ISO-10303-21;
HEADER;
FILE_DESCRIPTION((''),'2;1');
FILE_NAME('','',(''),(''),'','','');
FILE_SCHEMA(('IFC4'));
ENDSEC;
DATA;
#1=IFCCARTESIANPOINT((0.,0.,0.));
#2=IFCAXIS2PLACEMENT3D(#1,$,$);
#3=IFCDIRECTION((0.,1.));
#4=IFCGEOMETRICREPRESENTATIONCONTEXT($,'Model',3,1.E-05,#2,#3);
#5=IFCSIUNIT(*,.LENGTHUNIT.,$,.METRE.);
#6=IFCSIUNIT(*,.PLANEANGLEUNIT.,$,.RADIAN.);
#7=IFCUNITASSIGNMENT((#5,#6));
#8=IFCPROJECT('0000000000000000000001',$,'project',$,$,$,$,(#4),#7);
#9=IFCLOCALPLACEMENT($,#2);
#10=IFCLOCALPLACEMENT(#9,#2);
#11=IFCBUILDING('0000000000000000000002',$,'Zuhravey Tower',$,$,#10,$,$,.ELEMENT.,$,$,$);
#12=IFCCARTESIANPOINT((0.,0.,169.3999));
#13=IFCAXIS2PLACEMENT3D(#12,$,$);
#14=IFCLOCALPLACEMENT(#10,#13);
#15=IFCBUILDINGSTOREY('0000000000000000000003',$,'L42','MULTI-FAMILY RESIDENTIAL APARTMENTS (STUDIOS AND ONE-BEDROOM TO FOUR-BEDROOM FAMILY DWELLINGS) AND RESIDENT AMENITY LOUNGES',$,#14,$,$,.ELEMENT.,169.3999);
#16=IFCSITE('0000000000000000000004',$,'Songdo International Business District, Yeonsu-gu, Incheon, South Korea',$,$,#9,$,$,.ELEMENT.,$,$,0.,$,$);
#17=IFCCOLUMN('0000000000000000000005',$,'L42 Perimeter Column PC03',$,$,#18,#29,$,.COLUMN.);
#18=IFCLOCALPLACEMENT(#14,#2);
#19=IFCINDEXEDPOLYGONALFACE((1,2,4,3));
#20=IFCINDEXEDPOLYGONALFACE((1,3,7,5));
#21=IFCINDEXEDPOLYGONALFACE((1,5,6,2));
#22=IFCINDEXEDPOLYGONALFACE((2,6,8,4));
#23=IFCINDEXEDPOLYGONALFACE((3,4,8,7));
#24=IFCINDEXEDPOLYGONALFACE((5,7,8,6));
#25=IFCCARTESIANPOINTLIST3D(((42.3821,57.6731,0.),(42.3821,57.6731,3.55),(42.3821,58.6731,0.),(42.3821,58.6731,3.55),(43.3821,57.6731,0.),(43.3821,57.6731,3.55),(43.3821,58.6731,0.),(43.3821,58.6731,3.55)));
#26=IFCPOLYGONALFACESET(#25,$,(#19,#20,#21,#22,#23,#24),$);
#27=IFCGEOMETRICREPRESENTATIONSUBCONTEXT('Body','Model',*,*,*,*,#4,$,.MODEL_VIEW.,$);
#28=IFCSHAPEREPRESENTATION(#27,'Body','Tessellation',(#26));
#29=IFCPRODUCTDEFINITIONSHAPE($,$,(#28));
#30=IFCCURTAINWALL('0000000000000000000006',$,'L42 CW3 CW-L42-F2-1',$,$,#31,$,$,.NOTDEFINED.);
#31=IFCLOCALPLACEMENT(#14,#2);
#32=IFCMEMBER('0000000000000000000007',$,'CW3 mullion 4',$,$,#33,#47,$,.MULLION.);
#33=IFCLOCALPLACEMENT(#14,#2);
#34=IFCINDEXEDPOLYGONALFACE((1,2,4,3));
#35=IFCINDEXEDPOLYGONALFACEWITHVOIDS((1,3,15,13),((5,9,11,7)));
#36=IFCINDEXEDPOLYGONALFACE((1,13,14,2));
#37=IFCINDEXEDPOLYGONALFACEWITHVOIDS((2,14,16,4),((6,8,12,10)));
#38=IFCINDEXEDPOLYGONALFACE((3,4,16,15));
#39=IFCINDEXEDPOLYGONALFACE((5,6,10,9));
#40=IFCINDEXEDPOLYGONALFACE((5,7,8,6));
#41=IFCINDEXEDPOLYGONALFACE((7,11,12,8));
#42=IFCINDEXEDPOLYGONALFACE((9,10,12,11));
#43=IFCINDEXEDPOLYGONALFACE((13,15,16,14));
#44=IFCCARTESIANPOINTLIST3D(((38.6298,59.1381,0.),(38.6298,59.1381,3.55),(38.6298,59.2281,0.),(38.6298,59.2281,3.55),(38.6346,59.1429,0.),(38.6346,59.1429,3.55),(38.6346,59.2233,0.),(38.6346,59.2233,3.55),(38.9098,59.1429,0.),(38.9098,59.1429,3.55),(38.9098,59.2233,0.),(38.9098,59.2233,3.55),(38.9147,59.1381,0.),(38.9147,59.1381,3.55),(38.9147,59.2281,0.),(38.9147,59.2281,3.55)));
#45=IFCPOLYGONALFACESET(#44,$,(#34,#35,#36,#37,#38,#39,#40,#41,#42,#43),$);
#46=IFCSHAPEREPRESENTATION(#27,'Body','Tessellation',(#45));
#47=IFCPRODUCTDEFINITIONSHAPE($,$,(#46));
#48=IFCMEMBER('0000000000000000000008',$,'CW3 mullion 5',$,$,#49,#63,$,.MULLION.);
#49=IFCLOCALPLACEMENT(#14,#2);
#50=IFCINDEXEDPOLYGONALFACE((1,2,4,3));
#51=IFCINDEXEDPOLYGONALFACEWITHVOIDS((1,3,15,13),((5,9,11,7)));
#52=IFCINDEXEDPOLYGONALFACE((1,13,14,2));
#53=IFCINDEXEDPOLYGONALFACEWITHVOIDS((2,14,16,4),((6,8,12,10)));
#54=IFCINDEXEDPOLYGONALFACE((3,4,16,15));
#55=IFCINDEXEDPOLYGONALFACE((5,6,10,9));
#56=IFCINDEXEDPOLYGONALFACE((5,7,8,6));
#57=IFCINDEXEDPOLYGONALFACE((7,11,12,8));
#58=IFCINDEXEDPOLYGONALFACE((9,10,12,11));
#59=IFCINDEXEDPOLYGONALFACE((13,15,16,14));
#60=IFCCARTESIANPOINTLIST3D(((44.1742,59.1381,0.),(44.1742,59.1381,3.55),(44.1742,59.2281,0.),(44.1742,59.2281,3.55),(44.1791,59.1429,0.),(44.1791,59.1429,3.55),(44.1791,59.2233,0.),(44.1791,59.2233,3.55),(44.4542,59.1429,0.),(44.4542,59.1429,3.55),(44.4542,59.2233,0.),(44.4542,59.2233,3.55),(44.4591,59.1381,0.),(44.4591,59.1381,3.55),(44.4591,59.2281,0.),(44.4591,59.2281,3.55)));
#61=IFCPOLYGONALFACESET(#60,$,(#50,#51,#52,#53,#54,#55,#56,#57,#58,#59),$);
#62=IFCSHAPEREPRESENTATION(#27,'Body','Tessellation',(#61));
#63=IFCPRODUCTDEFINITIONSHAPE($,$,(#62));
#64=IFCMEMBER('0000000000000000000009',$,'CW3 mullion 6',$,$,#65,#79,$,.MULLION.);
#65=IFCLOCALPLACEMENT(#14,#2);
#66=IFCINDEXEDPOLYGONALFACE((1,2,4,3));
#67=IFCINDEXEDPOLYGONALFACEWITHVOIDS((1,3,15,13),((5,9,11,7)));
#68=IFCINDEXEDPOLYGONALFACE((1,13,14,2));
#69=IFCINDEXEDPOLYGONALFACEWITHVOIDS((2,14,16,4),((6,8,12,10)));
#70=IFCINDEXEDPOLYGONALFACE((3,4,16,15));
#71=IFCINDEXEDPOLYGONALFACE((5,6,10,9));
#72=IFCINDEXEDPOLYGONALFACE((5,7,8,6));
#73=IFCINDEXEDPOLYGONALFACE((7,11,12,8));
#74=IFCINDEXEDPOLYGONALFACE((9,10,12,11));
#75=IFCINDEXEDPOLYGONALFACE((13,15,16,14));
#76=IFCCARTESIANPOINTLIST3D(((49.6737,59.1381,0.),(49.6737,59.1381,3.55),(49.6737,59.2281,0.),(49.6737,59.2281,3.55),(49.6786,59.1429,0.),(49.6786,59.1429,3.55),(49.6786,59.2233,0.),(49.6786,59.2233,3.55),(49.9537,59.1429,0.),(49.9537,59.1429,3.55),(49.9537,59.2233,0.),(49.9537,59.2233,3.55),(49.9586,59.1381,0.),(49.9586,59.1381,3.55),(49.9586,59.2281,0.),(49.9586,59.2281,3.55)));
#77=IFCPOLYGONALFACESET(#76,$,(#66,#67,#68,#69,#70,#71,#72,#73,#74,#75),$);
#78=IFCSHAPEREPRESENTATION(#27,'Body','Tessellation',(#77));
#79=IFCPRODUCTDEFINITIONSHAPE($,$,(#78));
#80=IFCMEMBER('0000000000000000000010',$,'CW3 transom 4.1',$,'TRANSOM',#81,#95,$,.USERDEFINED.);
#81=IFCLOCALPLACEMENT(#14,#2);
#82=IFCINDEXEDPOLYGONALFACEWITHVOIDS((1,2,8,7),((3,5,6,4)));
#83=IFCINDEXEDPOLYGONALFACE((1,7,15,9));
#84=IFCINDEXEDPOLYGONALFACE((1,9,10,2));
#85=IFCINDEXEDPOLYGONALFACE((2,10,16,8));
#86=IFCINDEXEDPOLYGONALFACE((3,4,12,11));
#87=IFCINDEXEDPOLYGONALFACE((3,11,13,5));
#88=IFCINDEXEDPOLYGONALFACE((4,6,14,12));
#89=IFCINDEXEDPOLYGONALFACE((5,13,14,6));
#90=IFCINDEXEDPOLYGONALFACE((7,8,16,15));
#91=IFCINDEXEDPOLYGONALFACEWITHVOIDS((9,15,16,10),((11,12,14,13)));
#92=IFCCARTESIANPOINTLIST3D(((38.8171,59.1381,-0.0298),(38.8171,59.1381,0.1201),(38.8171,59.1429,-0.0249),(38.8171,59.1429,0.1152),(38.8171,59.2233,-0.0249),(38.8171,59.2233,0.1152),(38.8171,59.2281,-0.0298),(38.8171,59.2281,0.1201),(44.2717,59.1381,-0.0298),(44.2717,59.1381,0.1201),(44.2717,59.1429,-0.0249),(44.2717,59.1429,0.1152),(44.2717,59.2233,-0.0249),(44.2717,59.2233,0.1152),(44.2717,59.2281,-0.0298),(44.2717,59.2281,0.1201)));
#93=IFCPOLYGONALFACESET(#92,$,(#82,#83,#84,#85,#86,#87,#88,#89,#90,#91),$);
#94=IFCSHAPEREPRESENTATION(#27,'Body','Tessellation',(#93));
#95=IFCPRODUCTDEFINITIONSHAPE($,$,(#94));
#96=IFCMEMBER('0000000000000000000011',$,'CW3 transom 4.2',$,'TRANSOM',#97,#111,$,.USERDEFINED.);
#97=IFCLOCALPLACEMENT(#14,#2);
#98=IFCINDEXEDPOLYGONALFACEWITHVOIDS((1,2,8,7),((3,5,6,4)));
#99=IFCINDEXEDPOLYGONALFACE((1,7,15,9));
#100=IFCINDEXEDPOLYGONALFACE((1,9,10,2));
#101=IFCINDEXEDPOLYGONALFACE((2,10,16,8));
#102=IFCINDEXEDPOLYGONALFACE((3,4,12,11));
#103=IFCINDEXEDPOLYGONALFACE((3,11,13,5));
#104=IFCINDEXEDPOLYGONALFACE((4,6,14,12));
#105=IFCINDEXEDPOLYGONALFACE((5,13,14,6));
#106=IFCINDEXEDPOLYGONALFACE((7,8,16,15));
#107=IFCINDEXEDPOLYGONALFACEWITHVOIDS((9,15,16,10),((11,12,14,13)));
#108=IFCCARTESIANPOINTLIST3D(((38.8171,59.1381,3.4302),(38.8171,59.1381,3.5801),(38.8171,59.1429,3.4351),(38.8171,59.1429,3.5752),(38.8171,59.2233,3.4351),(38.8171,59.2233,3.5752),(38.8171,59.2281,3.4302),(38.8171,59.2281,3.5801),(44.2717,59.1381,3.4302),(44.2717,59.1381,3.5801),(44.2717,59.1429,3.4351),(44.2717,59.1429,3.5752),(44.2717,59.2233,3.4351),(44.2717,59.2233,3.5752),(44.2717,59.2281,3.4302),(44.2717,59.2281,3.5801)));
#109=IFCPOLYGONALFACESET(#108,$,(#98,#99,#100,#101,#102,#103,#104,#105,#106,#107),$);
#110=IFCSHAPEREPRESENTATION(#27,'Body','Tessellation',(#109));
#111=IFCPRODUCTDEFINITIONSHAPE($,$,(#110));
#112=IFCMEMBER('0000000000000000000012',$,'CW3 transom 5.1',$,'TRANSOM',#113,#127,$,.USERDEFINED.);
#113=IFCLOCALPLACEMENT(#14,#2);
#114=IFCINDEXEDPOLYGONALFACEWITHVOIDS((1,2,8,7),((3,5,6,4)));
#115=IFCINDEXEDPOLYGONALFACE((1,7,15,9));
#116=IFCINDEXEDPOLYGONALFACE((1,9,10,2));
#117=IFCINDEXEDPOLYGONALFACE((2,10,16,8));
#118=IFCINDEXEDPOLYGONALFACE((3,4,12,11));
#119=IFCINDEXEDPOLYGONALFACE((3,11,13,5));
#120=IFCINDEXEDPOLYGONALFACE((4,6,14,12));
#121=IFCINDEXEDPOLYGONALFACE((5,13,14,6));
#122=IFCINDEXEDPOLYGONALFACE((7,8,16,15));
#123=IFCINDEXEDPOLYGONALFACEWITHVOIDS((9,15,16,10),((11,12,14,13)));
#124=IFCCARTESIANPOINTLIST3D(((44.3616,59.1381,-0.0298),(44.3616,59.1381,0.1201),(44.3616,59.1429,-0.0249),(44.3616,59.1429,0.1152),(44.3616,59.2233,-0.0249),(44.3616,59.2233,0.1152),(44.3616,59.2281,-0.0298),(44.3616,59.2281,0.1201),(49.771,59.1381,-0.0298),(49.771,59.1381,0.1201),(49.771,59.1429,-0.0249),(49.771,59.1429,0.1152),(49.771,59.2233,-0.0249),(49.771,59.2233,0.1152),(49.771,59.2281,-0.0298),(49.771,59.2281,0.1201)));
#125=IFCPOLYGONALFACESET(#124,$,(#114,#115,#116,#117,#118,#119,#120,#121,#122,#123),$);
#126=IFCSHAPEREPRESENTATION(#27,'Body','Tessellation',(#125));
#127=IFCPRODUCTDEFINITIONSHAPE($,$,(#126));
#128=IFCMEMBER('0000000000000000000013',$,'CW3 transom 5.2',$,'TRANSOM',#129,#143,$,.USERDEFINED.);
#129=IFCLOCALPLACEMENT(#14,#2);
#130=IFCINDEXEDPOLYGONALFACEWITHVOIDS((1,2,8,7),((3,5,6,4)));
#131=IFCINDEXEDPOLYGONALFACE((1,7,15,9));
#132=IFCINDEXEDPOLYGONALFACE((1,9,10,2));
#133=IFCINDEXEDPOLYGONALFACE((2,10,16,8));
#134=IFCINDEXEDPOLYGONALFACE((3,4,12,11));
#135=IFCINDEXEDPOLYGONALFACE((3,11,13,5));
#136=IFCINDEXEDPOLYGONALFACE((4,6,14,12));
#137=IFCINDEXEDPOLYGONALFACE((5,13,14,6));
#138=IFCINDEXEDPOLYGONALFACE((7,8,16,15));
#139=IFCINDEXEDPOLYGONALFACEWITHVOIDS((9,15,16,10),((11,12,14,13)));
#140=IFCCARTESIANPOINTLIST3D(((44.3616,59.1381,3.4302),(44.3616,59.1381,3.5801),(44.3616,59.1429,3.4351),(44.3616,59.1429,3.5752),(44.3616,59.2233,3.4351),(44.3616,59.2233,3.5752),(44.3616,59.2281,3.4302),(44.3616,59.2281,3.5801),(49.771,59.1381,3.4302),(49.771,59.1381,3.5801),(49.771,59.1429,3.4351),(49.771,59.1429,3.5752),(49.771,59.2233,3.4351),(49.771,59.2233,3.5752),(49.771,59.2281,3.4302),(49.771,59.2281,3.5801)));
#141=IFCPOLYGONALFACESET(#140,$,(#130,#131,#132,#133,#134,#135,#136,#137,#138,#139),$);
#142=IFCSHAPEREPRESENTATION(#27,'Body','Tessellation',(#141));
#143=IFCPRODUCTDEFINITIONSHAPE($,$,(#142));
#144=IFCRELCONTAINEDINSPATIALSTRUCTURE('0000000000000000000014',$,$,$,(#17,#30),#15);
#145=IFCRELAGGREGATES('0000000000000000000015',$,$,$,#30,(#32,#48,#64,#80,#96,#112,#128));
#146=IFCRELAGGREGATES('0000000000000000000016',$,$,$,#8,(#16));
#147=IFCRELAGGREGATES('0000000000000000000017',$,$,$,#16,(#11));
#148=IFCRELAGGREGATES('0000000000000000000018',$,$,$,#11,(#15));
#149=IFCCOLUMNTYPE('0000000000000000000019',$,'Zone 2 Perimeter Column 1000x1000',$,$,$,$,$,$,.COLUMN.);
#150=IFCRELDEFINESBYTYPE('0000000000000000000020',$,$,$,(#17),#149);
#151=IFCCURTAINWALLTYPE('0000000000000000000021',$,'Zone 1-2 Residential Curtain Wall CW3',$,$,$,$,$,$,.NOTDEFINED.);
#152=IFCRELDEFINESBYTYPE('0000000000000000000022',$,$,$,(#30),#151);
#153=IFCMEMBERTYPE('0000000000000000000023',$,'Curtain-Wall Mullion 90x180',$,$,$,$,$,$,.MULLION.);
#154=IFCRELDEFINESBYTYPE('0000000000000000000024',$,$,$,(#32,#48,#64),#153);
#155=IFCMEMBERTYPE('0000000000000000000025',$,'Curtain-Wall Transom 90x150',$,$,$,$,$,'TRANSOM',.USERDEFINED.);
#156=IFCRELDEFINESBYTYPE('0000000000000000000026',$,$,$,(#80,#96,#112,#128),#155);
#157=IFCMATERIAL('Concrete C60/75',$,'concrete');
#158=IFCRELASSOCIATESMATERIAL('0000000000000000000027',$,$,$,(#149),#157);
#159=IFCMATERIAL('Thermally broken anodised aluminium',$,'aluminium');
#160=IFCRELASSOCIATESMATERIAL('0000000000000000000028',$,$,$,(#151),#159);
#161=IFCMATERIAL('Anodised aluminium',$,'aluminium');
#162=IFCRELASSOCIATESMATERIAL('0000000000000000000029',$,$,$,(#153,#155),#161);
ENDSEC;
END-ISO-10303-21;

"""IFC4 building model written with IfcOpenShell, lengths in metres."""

from ifc_helpers import new_model, si_unit, direction, frame, origin, origin_2d, place, context, subcontext, project, spatial, rectangle, hollow_rectangle, extrude, material, material_profile, profile_set, type_object, element, aggregate, save


model = new_model("IFC4")

# Units and contexts
model_context = context("Model", 3, precision=1e-05, world=origin(), true_north=direction((0.0, 1.0)))
body_context = subcontext(model_context, "Body", "Model", "MODEL_VIEW")
ifc_project = project(units=[si_unit("LENGTHUNIT", "METRE"), si_unit("PLANEANGLEUNIT", "RADIAN")], contexts=[model_context])

# Site, building, storey
site_placement = place(None, origin())
site = spatial("IfcSite", under=ifc_project, at=site_placement, Name="Songdo International Business District, Yeonsu-gu, Incheon, South Korea", CompositionType="ELEMENT", RefElevation=0.0)
building_placement = place(site_placement, origin())
building = spatial("IfcBuilding", under=site, at=building_placement, Name="Zuhravey Tower", CompositionType="ELEMENT")
storey_placement = place(building_placement, frame((0.0, 0.0, 169.3999)))
storey = spatial("IfcBuildingStorey", under=building, at=storey_placement, Name="L42", Description="MULTI-FAMILY RESIDENTIAL APARTMENTS (STUDIOS AND ONE-BEDROOM TO FOUR-BEDROOM FAMILY DWELLINGS) AND RESIDENT AMENITY LOUNGES", CompositionType="ELEMENT", Elevation=169.3999)

# Column
ifc_material_1 = material(Name="Concrete C60/75", Category="concrete")
ifc_material_profile_1 = material_profile(ifc_material_1, rectangle(XDim=1.0, YDim=1.0, at=origin_2d()), Name="RC-1000x1000")
ifc_profile_set_1 = profile_set([ifc_material_profile_1], Name="Concrete C60/75")
column_type = type_object("IfcColumnType", Name="Zone 2 Perimeter Column 1000x1000", PredefinedType="COLUMN", material=ifc_profile_set_1)
column_placement = place(storey_placement, frame((42.8821, 58.1731, 0.0), z_axis=(0.0, 0.0, 1.0), x_axis=(-1.0, 0.0, 0.0)))
element("IfcColumn", 1, at=column_placement, inside=storey, type_object=column_type, Name="L42 Perimeter Column PC03", PredefinedType="COLUMN", context=body_context, shape_type="SweptSolid", body=[
    extrude(rectangle(XDim=1.0, YDim=1.0, at=origin_2d()), origin(), (0.0, 0.0, 1.0), 3.55),
])

# Curtain wall, members
ifc_material_2 = material(Name="Thermally broken anodised aluminium", Category="aluminium")
curtain_wall_type = type_object("IfcCurtainWallType", Name="Zone 1-2 Residential Curtain Wall CW3", PredefinedType="NOTDEFINED", material=ifc_material_2)
curtain_wall_placement = place(storey_placement, origin())
curtain_wall = element("IfcCurtainWall", 2, at=curtain_wall_placement, inside=storey, type_object=curtain_wall_type, Name="L42 CW3 CW-L42-F2-1", PredefinedType="NOTDEFINED")
ifc_material_3 = material(Name="Anodised aluminium", Category="aluminium")
ifc_material_profile_2 = material_profile(ifc_material_3, hollow_rectangle(XDim=0.0901, YDim=0.2849, WallThickness=0.0049, at=origin_2d()), Name="ALU-RHS-90x285x5")
ifc_profile_set_2 = profile_set([ifc_material_profile_2], Name="Anodised aluminium")
member_type_1 = type_object("IfcMemberType", Name="Curtain-Wall Mullion 90x180", PredefinedType="MULLION", material=ifc_profile_set_2)
member_1_placement = place(storey_placement, frame((38.7722, 59.1831, 0.0), z_axis=(0.0, 0.0, 1.0), x_axis=(0.0, 1.0, 0.0)))
member_1 = element("IfcMember", 3, at=member_1_placement, type_object=member_type_1, Name="CW3 mullion 4", PredefinedType="MULLION", context=body_context, shape_type="SweptSolid", body=[
    extrude(hollow_rectangle(XDim=0.0901, YDim=0.2849, WallThickness=0.0049, at=origin_2d()), origin(), (0.0, 0.0, 1.0), 3.55),
])
member_2_placement = place(storey_placement, frame((44.3167, 59.1831, 0.0), z_axis=(0.0, 0.0, 1.0), x_axis=(0.0, 1.0, 0.0)))
member_2 = element("IfcMember", 4, at=member_2_placement, type_object=member_type_1, Name="CW3 mullion 5", PredefinedType="MULLION", context=body_context, shape_type="SweptSolid", body=[
    extrude(hollow_rectangle(XDim=0.0901, YDim=0.2849, WallThickness=0.0049, at=origin_2d()), origin(), (0.0, 0.0, 1.0), 3.55),
])
member_3_placement = place(storey_placement, frame((49.8162, 59.1831, 0.0), z_axis=(0.0, 0.0, 1.0), x_axis=(0.0, 1.0, 0.0)))
member_3 = element("IfcMember", 5, at=member_3_placement, type_object=member_type_1, Name="CW3 mullion 6", PredefinedType="MULLION", context=body_context, shape_type="SweptSolid", body=[
    extrude(hollow_rectangle(XDim=0.0901, YDim=0.2849, WallThickness=0.0049, at=origin_2d()), origin(), (0.0, 0.0, 1.0), 3.55),
])
ifc_material_profile_3 = material_profile(ifc_material_3, hollow_rectangle(XDim=0.0901, YDim=0.1499, WallThickness=0.0049, at=origin_2d()), Name="ALU-RHS-90x150x5")
ifc_profile_set_3 = profile_set([ifc_material_profile_3], Name="Anodised aluminium")
member_type_2 = type_object("IfcMemberType", Name="Curtain-Wall Transom 90x150", ElementType="TRANSOM", PredefinedType="USERDEFINED", material=ifc_profile_set_3)
member_4_placement = place(storey_placement, frame((38.8171, 59.1831, 0.0452), z_axis=(1.0, 0.0, 0.0), x_axis=(0.0, 1.0, 0.0)))
member_4 = element("IfcMember", 6, at=member_4_placement, type_object=member_type_2, Name="CW3 transom 4.1", ObjectType="TRANSOM", PredefinedType="USERDEFINED", context=body_context, shape_type="SweptSolid", body=[
    extrude(hollow_rectangle(XDim=0.0901, YDim=0.1499, WallThickness=0.0049, at=origin_2d()), origin(), (0.0, 0.0, 1.0), 5.4546),
])
member_5_placement = place(storey_placement, frame((38.8171, 59.1831, 3.5051), z_axis=(1.0, 0.0, 0.0), x_axis=(0.0, 1.0, 0.0)))
member_5 = element("IfcMember", 7, at=member_5_placement, type_object=member_type_2, Name="CW3 transom 4.2", ObjectType="TRANSOM", PredefinedType="USERDEFINED", context=body_context, shape_type="SweptSolid", body=[
    extrude(hollow_rectangle(XDim=0.0901, YDim=0.1499, WallThickness=0.0049, at=origin_2d()), origin(), (0.0, 0.0, 1.0), 5.4546),
])
member_6_placement = place(storey_placement, frame((44.3616, 59.1831, 0.0452), z_axis=(1.0, 0.0, 0.0), x_axis=(0.0, 1.0, 0.0)))
member_6 = element("IfcMember", 8, at=member_6_placement, type_object=member_type_2, Name="CW3 transom 5.1", ObjectType="TRANSOM", PredefinedType="USERDEFINED", context=body_context, shape_type="SweptSolid", body=[
    extrude(hollow_rectangle(XDim=0.0901, YDim=0.1499, WallThickness=0.0049, at=origin_2d()), origin(), (0.0, 0.0, 1.0), 5.4094),
])
member_7_placement = place(storey_placement, frame((44.3616, 59.1831, 3.5051), z_axis=(1.0, 0.0, 0.0), x_axis=(0.0, 1.0, 0.0)))
member_7 = element("IfcMember", 9, at=member_7_placement, type_object=member_type_2, Name="CW3 transom 5.2", ObjectType="TRANSOM", PredefinedType="USERDEFINED", context=body_context, shape_type="SweptSolid", body=[
    extrude(hollow_rectangle(XDim=0.0901, YDim=0.1499, WallThickness=0.0049, at=origin_2d()), origin(), (0.0, 0.0, 1.0), 5.4094),
])

aggregate(curtain_wall, [member_1, member_2, member_3, member_4, member_5, member_6, member_7])

save(model, "model.ifc")
